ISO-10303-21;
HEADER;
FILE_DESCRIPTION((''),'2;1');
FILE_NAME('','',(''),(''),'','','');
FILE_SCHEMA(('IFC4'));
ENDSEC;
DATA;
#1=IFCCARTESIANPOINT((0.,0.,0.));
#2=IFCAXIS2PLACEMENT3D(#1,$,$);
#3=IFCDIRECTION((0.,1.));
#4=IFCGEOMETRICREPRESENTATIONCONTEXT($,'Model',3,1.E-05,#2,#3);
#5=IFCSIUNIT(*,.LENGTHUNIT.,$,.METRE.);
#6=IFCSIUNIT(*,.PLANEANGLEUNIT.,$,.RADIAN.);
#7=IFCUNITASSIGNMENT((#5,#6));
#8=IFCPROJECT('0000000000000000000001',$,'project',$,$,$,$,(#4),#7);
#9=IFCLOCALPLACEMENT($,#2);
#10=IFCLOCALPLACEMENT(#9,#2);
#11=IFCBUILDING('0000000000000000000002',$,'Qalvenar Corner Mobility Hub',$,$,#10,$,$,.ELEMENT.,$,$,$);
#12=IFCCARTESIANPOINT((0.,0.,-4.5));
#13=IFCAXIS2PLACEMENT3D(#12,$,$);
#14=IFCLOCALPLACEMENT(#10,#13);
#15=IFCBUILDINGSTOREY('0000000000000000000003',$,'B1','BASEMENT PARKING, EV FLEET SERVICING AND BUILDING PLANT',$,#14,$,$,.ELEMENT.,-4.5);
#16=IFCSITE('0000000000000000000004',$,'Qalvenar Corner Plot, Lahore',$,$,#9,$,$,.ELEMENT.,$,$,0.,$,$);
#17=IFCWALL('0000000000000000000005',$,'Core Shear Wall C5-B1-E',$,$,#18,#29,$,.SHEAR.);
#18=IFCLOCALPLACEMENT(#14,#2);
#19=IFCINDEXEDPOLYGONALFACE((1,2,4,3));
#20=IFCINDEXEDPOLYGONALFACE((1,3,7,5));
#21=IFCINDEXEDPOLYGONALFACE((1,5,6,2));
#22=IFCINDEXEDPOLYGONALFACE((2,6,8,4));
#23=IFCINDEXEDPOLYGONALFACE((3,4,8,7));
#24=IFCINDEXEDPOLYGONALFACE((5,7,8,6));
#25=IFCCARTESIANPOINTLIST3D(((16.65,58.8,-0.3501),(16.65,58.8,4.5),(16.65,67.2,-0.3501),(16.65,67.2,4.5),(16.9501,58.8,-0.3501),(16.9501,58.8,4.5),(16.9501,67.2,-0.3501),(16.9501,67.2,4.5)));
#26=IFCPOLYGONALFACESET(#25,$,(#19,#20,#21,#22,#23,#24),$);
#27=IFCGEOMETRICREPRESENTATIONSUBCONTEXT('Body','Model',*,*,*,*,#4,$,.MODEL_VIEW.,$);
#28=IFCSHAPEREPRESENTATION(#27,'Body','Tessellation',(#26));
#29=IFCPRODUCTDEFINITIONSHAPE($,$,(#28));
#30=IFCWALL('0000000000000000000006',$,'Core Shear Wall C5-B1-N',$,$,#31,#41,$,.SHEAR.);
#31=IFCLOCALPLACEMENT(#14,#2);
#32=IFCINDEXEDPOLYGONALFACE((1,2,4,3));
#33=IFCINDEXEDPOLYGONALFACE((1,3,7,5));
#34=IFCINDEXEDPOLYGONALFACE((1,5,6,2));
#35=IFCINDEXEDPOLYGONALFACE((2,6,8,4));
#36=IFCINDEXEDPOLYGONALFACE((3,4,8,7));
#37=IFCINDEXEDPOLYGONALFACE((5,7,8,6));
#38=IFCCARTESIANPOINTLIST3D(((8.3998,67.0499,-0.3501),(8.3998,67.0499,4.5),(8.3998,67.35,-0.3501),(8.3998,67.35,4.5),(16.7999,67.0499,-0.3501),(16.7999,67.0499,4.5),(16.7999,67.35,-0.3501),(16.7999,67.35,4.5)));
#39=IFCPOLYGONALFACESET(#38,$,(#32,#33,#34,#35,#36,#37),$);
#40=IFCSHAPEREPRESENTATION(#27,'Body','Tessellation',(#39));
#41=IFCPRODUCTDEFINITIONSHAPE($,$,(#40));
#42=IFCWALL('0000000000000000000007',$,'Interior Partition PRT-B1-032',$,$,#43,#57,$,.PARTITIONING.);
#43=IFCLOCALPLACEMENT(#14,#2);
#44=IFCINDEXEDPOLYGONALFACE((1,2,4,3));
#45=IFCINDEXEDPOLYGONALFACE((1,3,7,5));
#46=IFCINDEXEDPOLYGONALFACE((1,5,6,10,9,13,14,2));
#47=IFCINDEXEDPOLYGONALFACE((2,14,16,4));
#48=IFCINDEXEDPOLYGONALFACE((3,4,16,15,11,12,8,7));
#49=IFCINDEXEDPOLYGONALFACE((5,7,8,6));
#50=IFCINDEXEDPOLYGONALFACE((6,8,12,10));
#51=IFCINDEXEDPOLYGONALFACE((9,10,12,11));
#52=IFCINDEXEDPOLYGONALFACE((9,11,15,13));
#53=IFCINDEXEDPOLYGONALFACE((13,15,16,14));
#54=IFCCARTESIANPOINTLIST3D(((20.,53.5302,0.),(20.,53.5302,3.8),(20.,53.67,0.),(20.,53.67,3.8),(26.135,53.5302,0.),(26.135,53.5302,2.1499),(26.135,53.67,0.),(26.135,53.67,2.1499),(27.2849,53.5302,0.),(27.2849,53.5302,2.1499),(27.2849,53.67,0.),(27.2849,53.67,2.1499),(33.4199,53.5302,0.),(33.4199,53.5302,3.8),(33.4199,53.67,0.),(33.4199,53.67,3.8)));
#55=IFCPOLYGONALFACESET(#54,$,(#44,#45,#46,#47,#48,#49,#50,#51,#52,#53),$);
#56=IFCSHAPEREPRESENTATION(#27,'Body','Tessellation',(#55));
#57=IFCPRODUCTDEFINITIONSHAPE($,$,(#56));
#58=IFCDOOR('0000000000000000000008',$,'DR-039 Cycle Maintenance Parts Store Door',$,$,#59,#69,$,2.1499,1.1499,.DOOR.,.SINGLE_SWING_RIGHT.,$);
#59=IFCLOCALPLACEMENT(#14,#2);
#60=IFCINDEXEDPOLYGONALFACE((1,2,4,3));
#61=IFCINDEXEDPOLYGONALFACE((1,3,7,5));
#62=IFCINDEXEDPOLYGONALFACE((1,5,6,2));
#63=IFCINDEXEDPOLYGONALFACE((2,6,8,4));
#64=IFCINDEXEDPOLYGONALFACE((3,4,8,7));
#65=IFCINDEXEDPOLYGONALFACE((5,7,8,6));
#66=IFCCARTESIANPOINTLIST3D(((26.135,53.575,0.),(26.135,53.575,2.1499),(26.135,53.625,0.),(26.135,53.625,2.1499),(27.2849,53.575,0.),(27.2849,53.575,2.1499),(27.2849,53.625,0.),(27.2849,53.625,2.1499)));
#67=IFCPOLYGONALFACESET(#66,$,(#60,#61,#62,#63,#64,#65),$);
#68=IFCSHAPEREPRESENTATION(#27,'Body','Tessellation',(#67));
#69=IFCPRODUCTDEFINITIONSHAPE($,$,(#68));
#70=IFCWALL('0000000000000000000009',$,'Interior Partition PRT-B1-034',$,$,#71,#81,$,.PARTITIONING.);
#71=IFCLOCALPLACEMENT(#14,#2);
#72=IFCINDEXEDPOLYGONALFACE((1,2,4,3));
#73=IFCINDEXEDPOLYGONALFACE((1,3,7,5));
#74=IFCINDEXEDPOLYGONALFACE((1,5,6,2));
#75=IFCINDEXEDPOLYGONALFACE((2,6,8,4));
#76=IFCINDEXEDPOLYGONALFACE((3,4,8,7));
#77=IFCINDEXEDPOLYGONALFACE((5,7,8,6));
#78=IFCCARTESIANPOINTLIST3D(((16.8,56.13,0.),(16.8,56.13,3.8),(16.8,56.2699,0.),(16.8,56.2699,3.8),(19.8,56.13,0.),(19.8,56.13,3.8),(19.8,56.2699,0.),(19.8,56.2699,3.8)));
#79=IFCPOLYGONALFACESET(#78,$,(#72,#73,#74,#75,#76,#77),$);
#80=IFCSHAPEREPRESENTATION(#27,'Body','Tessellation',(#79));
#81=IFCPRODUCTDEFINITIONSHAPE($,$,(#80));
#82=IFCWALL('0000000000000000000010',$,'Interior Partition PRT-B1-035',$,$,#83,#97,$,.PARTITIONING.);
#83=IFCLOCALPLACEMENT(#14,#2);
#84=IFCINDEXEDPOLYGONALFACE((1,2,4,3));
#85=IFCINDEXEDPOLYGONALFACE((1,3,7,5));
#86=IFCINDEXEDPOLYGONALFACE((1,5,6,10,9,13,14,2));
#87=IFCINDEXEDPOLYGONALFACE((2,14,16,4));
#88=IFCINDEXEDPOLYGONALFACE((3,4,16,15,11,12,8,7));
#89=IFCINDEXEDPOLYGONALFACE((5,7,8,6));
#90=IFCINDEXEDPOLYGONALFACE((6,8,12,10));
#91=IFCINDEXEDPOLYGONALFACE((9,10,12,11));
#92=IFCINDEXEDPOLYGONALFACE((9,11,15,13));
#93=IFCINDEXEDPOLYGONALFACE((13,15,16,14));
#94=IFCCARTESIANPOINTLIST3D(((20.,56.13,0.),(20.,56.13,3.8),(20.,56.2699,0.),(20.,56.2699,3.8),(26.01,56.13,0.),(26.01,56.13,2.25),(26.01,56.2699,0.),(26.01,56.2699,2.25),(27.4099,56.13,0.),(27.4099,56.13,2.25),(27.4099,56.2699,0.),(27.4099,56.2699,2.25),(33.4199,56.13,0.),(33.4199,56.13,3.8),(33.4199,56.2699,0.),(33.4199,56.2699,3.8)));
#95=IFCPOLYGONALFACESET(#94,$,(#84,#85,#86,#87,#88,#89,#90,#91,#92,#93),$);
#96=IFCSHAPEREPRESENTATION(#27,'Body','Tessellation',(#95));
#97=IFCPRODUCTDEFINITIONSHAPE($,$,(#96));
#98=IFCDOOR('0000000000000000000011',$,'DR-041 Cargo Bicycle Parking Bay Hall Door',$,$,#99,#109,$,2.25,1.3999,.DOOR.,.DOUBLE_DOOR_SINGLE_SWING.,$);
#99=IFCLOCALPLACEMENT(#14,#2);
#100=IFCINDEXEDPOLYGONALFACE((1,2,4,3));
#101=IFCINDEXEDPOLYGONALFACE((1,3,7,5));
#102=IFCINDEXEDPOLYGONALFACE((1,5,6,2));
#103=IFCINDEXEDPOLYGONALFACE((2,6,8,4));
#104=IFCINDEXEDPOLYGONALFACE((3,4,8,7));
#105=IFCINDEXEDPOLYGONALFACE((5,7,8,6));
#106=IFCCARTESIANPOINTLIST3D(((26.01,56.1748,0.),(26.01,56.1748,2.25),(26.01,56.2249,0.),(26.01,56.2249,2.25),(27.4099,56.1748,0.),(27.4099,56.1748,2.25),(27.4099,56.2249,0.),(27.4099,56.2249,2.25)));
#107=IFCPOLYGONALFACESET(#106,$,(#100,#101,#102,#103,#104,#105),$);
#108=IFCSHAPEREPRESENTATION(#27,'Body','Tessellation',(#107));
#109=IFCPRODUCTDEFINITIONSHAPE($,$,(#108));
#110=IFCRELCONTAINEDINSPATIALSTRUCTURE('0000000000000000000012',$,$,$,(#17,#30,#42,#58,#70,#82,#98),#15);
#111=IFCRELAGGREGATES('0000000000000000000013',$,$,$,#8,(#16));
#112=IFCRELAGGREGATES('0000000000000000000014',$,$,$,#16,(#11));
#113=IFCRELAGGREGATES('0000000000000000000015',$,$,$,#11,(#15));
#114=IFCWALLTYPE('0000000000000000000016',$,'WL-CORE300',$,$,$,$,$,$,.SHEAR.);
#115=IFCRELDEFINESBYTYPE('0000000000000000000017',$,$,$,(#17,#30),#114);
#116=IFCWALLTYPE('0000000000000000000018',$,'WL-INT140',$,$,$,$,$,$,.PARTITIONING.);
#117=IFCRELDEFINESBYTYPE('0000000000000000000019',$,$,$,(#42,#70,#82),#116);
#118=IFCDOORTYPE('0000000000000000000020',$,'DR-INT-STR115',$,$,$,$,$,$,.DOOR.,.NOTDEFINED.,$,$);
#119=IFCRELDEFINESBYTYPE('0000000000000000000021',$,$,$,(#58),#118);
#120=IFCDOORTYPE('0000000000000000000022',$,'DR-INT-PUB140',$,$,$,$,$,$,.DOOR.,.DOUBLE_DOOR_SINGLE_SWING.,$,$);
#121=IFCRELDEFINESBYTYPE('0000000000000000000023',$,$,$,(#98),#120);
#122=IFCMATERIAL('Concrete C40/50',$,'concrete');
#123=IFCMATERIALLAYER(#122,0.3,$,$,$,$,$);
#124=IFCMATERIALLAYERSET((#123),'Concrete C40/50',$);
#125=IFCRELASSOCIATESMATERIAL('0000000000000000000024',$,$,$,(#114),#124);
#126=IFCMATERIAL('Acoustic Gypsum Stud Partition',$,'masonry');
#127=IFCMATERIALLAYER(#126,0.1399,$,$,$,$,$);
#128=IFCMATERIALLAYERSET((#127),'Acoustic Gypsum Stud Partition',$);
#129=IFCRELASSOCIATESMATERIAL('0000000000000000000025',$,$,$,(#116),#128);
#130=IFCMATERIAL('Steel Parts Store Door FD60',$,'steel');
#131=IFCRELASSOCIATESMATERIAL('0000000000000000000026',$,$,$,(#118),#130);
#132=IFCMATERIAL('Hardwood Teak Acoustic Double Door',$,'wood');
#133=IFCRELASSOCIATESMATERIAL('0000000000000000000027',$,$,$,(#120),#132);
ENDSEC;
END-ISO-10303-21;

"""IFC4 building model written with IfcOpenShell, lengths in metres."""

from ifc_helpers import new_model, si_unit, direction, frame, frame_2d, origin, place, context, subcontext, project, spatial, rectangle, extrude, material, layer, layer_set, type_object, element, fill, save


model = new_model("IFC4")

# Units and contexts
model_context = context("Model", 3, precision=1e-05, world=origin(), true_north=direction((0.0, 1.0)))
body_context = subcontext(model_context, "Body", "Model", "MODEL_VIEW")
ifc_project = project(units=[si_unit("LENGTHUNIT", "METRE"), si_unit("PLANEANGLEUNIT", "RADIAN")], contexts=[model_context])

# Site, building, storey
site_placement = place(None, origin())
site = spatial("IfcSite", under=ifc_project, at=site_placement, Name="Qalvenar Corner Plot, Lahore", CompositionType="ELEMENT", RefElevation=0.0)
building_placement = place(site_placement, origin())
building = spatial("IfcBuilding", under=site, at=building_placement, Name="Qalvenar Corner Mobility Hub", CompositionType="ELEMENT")
storey_placement = place(building_placement, frame((0.0, 0.0, -4.5)))
storey = spatial("IfcBuildingStorey", under=building, at=storey_placement, Name="B1", Description="BASEMENT PARKING, EV FLEET SERVICING AND BUILDING PLANT", CompositionType="ELEMENT", Elevation=-4.5)

# Shared definitions
ifc_material_1 = material(Name="Concrete C40/50", Category="concrete")

# Walls
ifc_layer_1 = layer(ifc_material_1, 0.3)
ifc_layer_set_1 = layer_set([ifc_layer_1], Name="Concrete C40/50")
wall_type_1 = type_object("IfcWallType", Name="WL-CORE300", PredefinedType="SHEAR", material=ifc_layer_set_1)
wall_1_placement = place(storey_placement, frame((16.8, 58.8, -0.3501), z_axis=(0.0, 0.0, 1.0), x_axis=(0.0, 1.0, 0.0)))
element("IfcWall", 1, at=wall_1_placement, inside=storey, type_object=wall_type_1, Name="Core Shear Wall C5-B1-E", PredefinedType="SHEAR", context=body_context, shape_type="SweptSolid", body=[
    extrude(rectangle(XDim=8.3999, YDim=0.3, at=frame_2d((4.2, 0.0))), origin(), (0.0, 0.0, 1.0), 4.8501),
])
wall_2_placement = place(storey_placement, frame((16.8, 67.2, -0.3501), z_axis=(0.0, 0.0, 1.0), x_axis=(-1.0, 0.0, 0.0)))
element("IfcWall", 2, at=wall_2_placement, inside=storey, type_object=wall_type_1, Name="Core Shear Wall C5-B1-N", PredefinedType="SHEAR", context=body_context, shape_type="SweptSolid", body=[
    extrude(rectangle(XDim=8.4001, YDim=0.3, at=frame_2d((4.2002, 0.0))), origin(), (0.0, 0.0, 1.0), 4.8501),
])

# Wall, opening, door
ifc_material_2 = material(Name="Acoustic Gypsum Stud Partition", Category="masonry")
ifc_layer_2 = layer(ifc_material_2, 0.1399)
ifc_layer_set_2 = layer_set([ifc_layer_2], Name="Acoustic Gypsum Stud Partition")
wall_type_2 = type_object("IfcWallType", Name="WL-INT140", PredefinedType="PARTITIONING", material=ifc_layer_set_2)
wall_3_placement = place(storey_placement, frame((20.0, 53.6001, 0.0), z_axis=(0.0, 0.0, 1.0), x_axis=(1.0, 0.0, 0.0)))
wall_3 = element("IfcWall", 3, at=wall_3_placement, inside=storey, type_object=wall_type_2, Name="Interior Partition PRT-B1-032", PredefinedType="PARTITIONING", context=body_context, shape_type="SweptSolid", body=[
    extrude(rectangle(XDim=13.4199, YDim=0.1399, at=frame_2d((6.71, 0.0))), origin(), (0.0, 0.0, 1.0), 3.8),
])
opening_1_placement = place(wall_3_placement, frame((6.135, 0.0, 0.0)))
opening_1 = element("IfcOpeningElement", 4, at=opening_1_placement, cuts=wall_3, PredefinedType="OPENING", context=body_context, shape_type="SweptSolid", body=[
    extrude(rectangle(XDim=1.1499, YDim=2.1499, at=frame_2d((0.575, 1.075))), frame((0.0, 0.0801, 0.0), z_axis=(0.0, -1.0, 0.0), x_axis=(1.0, 0.0, 0.0)), (0.0, 0.0, 1.0), 0.1599),
])
ifc_material_3 = material(Name="Steel Parts Store Door FD60", Category="steel")
door_type_1 = type_object("IfcDoorType", Name="DR-INT-STR115", OperationType="NOTDEFINED", PredefinedType="DOOR", material=ifc_material_3)
door_1_placement = place(opening_1_placement, origin())
door_1 = element("IfcDoor", 5, at=door_1_placement, inside=storey, type_object=door_type_1, Name="DR-039 Cycle Maintenance Parts Store Door", OperationType="SINGLE_SWING_RIGHT", OverallHeight=2.1499, OverallWidth=1.1499, PredefinedType="DOOR", context=body_context, shape_type="SweptSolid", body=[
    extrude(rectangle(XDim=1.1499, YDim=2.1499, at=frame_2d((0.575, 1.075))), frame((0.0, 0.0249, 0.0), z_axis=(0.0, -1.0, 0.0), x_axis=(1.0, 0.0, 0.0)), (0.0, 0.0, 1.0), 0.05),
])
fill(opening_1, door_1)

# Wall
wall_4_placement = place(storey_placement, frame((16.8, 56.2, 0.0), z_axis=(0.0, 0.0, 1.0), x_axis=(1.0, 0.0, 0.0)))
element("IfcWall", 6, at=wall_4_placement, inside=storey, type_object=wall_type_2, Name="Interior Partition PRT-B1-034", PredefinedType="PARTITIONING", context=body_context, shape_type="SweptSolid", body=[
    extrude(rectangle(XDim=3.0, YDim=0.1399, at=frame_2d((1.5, 0.0))), origin(), (0.0, 0.0, 1.0), 3.8),
])

# Wall, opening, door
wall_5_placement = place(storey_placement, frame((20.0, 56.2, 0.0), z_axis=(0.0, 0.0, 1.0), x_axis=(1.0, 0.0, 0.0)))
wall_5 = element("IfcWall", 7, at=wall_5_placement, inside=storey, type_object=wall_type_2, Name="Interior Partition PRT-B1-035", PredefinedType="PARTITIONING", context=body_context, shape_type="SweptSolid", body=[
    extrude(rectangle(XDim=13.4199, YDim=0.1399, at=frame_2d((6.71, 0.0))), origin(), (0.0, 0.0, 1.0), 3.8),
])
opening_2_placement = place(wall_5_placement, frame((6.01, 0.0, 0.0)))
opening_2 = element("IfcOpeningElement", 8, at=opening_2_placement, cuts=wall_5, PredefinedType="OPENING", context=body_context, shape_type="SweptSolid", body=[
    extrude(rectangle(XDim=1.3999, YDim=2.25, at=frame_2d((0.7, 1.125))), frame((0.0, 0.0801, 0.0), z_axis=(0.0, -1.0, 0.0), x_axis=(1.0, 0.0, 0.0)), (0.0, 0.0, 1.0), 0.1599),
])
ifc_material_4 = material(Name="Hardwood Teak Acoustic Double Door", Category="wood")
door_type_2 = type_object("IfcDoorType", Name="DR-INT-PUB140", OperationType="DOUBLE_DOOR_SINGLE_SWING", PredefinedType="DOOR", material=ifc_material_4)
door_2_placement = place(opening_2_placement, origin())
door_2 = element("IfcDoor", 9, at=door_2_placement, inside=storey, type_object=door_type_2, Name="DR-041 Cargo Bicycle Parking Bay Hall Door", OperationType="DOUBLE_DOOR_SINGLE_SWING", OverallHeight=2.25, OverallWidth=1.3999, PredefinedType="DOOR", context=body_context, shape_type="SweptSolid", body=[
    extrude(rectangle(XDim=1.3999, YDim=2.25, at=frame_2d((0.7, 1.125))), frame((0.0, 0.0249, 0.0), z_axis=(0.0, -1.0, 0.0), x_axis=(1.0, 0.0, 0.0)), (0.0, 0.0, 1.0), 0.05),
])
fill(opening_2, door_2)

save(model, "model.ifc")
